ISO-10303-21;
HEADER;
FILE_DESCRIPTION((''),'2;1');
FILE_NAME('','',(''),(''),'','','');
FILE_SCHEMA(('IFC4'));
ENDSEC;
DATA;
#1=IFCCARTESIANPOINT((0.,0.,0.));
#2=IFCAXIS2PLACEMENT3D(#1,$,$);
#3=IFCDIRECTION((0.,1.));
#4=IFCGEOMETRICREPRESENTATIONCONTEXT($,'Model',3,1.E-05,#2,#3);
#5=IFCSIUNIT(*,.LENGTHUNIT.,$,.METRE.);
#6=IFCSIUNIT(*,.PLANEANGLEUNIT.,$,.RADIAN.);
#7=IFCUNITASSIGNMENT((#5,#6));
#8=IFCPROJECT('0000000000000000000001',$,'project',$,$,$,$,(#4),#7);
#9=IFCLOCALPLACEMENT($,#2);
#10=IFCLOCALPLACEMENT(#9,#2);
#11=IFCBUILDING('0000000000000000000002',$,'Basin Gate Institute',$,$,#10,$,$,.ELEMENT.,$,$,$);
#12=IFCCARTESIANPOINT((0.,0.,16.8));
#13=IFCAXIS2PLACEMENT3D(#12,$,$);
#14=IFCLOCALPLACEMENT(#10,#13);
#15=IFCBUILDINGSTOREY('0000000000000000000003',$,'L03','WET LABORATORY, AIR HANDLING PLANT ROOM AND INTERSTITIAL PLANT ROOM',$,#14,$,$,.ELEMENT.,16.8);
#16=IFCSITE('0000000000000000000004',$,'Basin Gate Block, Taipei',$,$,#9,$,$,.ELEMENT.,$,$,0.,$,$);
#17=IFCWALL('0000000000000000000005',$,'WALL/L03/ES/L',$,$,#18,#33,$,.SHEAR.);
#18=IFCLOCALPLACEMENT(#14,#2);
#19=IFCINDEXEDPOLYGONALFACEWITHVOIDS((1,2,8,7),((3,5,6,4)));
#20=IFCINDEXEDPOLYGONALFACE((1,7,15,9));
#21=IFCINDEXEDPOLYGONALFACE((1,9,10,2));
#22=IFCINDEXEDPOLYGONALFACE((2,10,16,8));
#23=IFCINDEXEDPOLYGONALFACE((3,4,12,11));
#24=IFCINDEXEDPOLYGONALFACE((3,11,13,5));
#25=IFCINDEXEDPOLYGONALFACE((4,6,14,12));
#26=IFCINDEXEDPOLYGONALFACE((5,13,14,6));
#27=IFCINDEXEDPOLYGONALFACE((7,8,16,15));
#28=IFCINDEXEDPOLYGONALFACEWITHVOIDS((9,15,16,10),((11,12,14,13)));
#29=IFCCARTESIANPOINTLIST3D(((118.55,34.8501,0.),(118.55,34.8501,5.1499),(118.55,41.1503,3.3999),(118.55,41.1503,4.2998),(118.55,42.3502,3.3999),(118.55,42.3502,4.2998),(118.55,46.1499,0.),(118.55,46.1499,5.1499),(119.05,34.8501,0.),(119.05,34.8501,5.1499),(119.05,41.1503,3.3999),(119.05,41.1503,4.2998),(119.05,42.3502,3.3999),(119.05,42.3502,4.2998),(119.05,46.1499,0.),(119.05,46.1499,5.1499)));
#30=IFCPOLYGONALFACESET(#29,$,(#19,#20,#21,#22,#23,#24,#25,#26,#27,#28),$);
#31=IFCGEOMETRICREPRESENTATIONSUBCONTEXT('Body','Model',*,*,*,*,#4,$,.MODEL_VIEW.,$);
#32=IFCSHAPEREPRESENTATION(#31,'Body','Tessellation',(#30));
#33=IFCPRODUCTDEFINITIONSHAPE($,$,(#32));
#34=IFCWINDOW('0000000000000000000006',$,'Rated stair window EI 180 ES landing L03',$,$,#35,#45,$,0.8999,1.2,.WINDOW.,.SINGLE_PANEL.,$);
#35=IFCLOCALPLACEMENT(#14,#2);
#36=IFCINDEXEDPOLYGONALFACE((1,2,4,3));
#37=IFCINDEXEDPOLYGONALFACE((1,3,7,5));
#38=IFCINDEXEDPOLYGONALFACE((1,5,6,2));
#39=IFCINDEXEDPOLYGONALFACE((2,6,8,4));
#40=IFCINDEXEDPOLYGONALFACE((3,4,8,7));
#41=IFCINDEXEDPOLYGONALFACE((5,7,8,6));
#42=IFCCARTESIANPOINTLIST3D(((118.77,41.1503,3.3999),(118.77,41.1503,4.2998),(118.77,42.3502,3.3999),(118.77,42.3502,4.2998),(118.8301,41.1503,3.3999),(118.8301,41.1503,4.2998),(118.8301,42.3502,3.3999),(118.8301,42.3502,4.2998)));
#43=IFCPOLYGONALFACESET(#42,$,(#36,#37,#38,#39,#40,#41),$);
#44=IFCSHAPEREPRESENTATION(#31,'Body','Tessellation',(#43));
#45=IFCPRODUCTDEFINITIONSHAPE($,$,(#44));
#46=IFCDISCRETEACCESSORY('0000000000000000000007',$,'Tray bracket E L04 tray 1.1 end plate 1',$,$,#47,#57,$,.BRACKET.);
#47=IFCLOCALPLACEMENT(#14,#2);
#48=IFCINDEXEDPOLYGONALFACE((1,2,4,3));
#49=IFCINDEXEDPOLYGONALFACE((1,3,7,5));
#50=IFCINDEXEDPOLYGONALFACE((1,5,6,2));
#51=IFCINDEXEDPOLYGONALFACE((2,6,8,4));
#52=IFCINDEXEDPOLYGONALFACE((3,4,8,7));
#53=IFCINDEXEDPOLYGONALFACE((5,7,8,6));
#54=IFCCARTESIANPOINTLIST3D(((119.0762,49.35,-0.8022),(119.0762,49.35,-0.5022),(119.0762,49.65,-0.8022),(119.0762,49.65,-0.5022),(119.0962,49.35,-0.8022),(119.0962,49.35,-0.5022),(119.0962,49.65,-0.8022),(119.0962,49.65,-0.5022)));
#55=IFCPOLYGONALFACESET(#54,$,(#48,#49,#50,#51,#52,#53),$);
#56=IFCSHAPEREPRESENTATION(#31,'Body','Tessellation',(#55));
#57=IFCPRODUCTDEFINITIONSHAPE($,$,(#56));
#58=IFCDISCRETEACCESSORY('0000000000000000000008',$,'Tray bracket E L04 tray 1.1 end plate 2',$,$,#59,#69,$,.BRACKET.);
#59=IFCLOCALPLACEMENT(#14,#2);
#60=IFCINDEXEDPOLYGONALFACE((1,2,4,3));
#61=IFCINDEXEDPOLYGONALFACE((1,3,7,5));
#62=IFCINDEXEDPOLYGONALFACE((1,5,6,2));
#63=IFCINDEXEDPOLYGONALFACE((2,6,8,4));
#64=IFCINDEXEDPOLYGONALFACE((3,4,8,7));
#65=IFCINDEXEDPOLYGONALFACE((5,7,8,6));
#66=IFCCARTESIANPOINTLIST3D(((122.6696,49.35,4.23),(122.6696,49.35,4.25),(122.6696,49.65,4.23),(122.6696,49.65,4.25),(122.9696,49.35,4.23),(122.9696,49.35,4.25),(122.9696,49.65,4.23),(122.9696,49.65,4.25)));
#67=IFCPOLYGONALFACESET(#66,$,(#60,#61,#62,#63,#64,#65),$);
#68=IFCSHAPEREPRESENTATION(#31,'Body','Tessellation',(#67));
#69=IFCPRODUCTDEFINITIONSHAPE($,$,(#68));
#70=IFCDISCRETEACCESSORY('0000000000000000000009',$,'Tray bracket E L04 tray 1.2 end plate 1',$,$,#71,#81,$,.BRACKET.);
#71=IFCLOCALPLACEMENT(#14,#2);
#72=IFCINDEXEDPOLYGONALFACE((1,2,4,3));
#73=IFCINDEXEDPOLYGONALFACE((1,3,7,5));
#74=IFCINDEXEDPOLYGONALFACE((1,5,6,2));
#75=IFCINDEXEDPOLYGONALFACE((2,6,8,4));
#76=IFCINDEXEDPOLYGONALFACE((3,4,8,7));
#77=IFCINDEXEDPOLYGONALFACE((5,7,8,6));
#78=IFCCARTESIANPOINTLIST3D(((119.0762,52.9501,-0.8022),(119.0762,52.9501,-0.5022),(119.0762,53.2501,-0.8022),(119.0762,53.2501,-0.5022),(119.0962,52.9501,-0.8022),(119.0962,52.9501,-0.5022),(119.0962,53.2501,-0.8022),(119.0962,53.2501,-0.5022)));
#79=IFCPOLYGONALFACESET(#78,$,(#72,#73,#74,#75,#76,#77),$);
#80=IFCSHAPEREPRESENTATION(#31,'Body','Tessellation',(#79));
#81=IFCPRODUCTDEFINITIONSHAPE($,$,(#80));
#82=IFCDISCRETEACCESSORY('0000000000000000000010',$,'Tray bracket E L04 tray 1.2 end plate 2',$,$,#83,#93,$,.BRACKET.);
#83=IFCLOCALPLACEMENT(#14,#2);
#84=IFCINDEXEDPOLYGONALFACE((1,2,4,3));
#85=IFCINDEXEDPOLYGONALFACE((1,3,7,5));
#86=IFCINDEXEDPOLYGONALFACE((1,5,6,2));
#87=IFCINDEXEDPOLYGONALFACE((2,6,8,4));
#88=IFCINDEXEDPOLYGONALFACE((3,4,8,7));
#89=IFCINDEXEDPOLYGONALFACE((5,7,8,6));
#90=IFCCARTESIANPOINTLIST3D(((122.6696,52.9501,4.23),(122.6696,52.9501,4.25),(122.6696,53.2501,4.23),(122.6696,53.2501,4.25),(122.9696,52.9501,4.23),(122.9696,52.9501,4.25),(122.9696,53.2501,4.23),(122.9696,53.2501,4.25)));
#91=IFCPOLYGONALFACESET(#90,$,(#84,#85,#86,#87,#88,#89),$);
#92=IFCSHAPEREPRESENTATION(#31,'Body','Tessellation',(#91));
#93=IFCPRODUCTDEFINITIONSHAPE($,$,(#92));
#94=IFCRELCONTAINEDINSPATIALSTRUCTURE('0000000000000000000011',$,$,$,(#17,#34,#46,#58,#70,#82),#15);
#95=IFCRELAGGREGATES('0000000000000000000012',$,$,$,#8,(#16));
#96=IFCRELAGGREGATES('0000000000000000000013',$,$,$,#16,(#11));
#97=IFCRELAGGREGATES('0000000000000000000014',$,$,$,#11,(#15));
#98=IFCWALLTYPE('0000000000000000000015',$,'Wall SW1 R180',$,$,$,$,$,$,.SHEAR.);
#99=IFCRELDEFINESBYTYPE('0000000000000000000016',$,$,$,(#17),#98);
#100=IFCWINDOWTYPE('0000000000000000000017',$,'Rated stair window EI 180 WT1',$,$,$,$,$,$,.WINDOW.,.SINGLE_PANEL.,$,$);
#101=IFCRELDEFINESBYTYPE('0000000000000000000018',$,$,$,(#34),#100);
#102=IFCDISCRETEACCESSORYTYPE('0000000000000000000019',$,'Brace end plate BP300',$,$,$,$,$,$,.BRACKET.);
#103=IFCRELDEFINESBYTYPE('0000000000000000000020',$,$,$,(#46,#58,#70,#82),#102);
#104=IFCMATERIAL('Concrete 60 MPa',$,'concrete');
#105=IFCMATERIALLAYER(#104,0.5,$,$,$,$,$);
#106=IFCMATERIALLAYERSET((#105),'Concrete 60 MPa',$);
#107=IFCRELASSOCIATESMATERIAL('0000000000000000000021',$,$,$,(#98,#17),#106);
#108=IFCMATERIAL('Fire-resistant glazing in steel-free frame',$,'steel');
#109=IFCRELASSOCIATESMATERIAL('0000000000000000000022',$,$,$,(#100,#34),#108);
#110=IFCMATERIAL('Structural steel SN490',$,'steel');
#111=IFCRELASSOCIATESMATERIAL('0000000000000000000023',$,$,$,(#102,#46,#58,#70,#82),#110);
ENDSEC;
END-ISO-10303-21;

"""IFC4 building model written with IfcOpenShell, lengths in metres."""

from ifc_helpers import new_model, si_unit, direction, frame, frame_2d, origin, origin_2d, place, context, subcontext, project, spatial, rectangle, extrude, material, layer, layer_set, type_object, element, fill, save


model = new_model("IFC4")

# Units and contexts
model_context = context("Model", 3, precision=1e-05, world=origin(), true_north=direction((0.0, 1.0)))
body_context = subcontext(model_context, "Body", "Model", "MODEL_VIEW")
ifc_project = project(units=[si_unit("LENGTHUNIT", "METRE"), si_unit("PLANEANGLEUNIT", "RADIAN")], contexts=[model_context])

# Site, building, storey
site_placement = place(None, origin())
site = spatial("IfcSite", under=ifc_project, at=site_placement, Name="Basin Gate Block, Taipei", CompositionType="ELEMENT", RefElevation=0.0)
building_placement = place(site_placement, origin())
building = spatial("IfcBuilding", under=site, at=building_placement, Name="Basin Gate Institute", CompositionType="ELEMENT")
storey_placement = place(building_placement, frame((0.0, 0.0, 16.8)))
storey = spatial("IfcBuildingStorey", under=building, at=storey_placement, Name="L03", Description="WET LABORATORY, AIR HANDLING PLANT ROOM AND INTERSTITIAL PLANT ROOM", CompositionType="ELEMENT", Elevation=16.8)

# Wall, opening, window
ifc_material_1 = material(Name="Concrete 60 MPa", Category="concrete")
ifc_layer_1 = layer(ifc_material_1, 0.5)
ifc_layer_set_1 = layer_set([ifc_layer_1], Name="Concrete 60 MPa")
wall_type_1 = type_object("IfcWallType", Name="Wall SW1 R180", PredefinedType="SHEAR", material=ifc_layer_set_1)
wall_1_placement = place(storey_placement, frame((118.8, 34.8501, 0.0), z_axis=(0.0, 0.0, 1.0), x_axis=(0.0, 1.0, 0.0)))
wall_1 = element("IfcWall", 1, at=wall_1_placement, inside=storey, type_object=wall_type_1, material=ifc_layer_set_1, Name="WALL/L03/ES/L", PredefinedType="SHEAR", context=body_context, shape_type="SweptSolid", body=[
    extrude(rectangle(XDim=11.2998, YDim=0.5, at=frame_2d((5.6499, 0.0))), origin(), (0.0, 0.0, 1.0), 5.1499),
])
opening_1_placement = place(wall_1_placement, frame((6.3, 0.0, 3.3999)))
opening_1 = element("IfcOpeningElement", 2, at=opening_1_placement, cuts=wall_1, PredefinedType="OPENING", context=body_context, shape_type="SweptSolid", body=[
    extrude(rectangle(XDim=1.2, YDim=0.8999, at=frame_2d((0.6001, 0.45))), frame((0.0, 0.26, 0.0), z_axis=(0.0, -1.0, 0.0), x_axis=(1.0, 0.0, 0.0)), (0.0, 0.0, 1.0), 0.52),
])
ifc_material_2 = material(Name="Fire-resistant glazing in steel-free frame", Category="steel")
window_type_1 = type_object("IfcWindowType", Name="Rated stair window EI 180 WT1", PartitioningType="SINGLE_PANEL", PredefinedType="WINDOW", material=ifc_material_2)
window_1_placement = place(opening_1_placement, origin())
window_1 = element("IfcWindow", 3, at=window_1_placement, inside=storey, type_object=window_type_1, material=ifc_material_2, Name="Rated stair window EI 180 ES landing L03", OverallHeight=0.8999, OverallWidth=1.2, PartitioningType="SINGLE_PANEL", PredefinedType="WINDOW", context=body_context, shape_type="SweptSolid", body=[
    extrude(rectangle(XDim=1.2, YDim=0.8999, at=frame_2d((0.6001, 0.45))), frame((0.0, 0.03, 0.0), z_axis=(0.0, -1.0, 0.0), x_axis=(1.0, 0.0, 0.0)), (0.0, 0.0, 1.0), 0.0601),
])
fill(opening_1, window_1)

# Discrete accessories
ifc_material_3 = material(Name="Structural steel SN490", Category="steel")
discrete_accessory_type = type_object("IfcDiscreteAccessoryType", Name="Brace end plate BP300", PredefinedType="BRACKET", material=ifc_material_3)
discrete_accessory_1_placement = place(storey_placement, frame((119.0862, 49.5, -0.8022), z_axis=(0.0, 0.0, 1.0), x_axis=(1.0, 0.0, 0.0)))
element("IfcDiscreteAccessory", 4, at=discrete_accessory_1_placement, inside=storey, type_object=discrete_accessory_type, material=ifc_material_3, Name="Tray bracket E L04 tray 1.1 end plate 1", PredefinedType="BRACKET", context=body_context, shape_type="SweptSolid", body=[
    extrude(rectangle(XDim=0.02, YDim=0.3, at=origin_2d()), origin(), (0.0, 0.0, 1.0), 0.3),
])
discrete_accessory_2_placement = place(storey_placement, frame((122.8196, 49.5, 4.23), z_axis=(0.0, 0.0, 1.0), x_axis=(1.0, 0.0, 0.0)))
element("IfcDiscreteAccessory", 5, at=discrete_accessory_2_placement, inside=storey, type_object=discrete_accessory_type, material=ifc_material_3, Name="Tray bracket E L04 tray 1.1 end plate 2", PredefinedType="BRACKET", context=body_context, shape_type="SweptSolid", body=[
    extrude(rectangle(XDim=0.3, YDim=0.3, at=origin_2d()), origin(), (0.0, 0.0, 1.0), 0.02),
])
discrete_accessory_3_placement = place(storey_placement, frame((119.0862, 53.1001, -0.8022), z_axis=(0.0, 0.0, 1.0), x_axis=(1.0, 0.0, 0.0)))
element("IfcDiscreteAccessory", 6, at=discrete_accessory_3_placement, inside=storey, type_object=discrete_accessory_type, material=ifc_material_3, Name="Tray bracket E L04 tray 1.2 end plate 1", PredefinedType="BRACKET", context=body_context, shape_type="SweptSolid", body=[
    extrude(rectangle(XDim=0.02, YDim=0.3, at=origin_2d()), origin(), (0.0, 0.0, 1.0), 0.3),
])
discrete_accessory_4_placement = place(storey_placement, frame((122.8196, 53.1001, 4.23), z_axis=(0.0, 0.0, 1.0), x_axis=(1.0, 0.0, 0.0)))
element("IfcDiscreteAccessory", 7, at=discrete_accessory_4_placement, inside=storey, type_object=discrete_accessory_type, material=ifc_material_3, Name="Tray bracket E L04 tray 1.2 end plate 2", PredefinedType="BRACKET", context=body_context, shape_type="SweptSolid", body=[
    extrude(rectangle(XDim=0.3, YDim=0.3, at=origin_2d()), origin(), (0.0, 0.0, 1.0), 0.02),
])

save(model, "model.ifc")
